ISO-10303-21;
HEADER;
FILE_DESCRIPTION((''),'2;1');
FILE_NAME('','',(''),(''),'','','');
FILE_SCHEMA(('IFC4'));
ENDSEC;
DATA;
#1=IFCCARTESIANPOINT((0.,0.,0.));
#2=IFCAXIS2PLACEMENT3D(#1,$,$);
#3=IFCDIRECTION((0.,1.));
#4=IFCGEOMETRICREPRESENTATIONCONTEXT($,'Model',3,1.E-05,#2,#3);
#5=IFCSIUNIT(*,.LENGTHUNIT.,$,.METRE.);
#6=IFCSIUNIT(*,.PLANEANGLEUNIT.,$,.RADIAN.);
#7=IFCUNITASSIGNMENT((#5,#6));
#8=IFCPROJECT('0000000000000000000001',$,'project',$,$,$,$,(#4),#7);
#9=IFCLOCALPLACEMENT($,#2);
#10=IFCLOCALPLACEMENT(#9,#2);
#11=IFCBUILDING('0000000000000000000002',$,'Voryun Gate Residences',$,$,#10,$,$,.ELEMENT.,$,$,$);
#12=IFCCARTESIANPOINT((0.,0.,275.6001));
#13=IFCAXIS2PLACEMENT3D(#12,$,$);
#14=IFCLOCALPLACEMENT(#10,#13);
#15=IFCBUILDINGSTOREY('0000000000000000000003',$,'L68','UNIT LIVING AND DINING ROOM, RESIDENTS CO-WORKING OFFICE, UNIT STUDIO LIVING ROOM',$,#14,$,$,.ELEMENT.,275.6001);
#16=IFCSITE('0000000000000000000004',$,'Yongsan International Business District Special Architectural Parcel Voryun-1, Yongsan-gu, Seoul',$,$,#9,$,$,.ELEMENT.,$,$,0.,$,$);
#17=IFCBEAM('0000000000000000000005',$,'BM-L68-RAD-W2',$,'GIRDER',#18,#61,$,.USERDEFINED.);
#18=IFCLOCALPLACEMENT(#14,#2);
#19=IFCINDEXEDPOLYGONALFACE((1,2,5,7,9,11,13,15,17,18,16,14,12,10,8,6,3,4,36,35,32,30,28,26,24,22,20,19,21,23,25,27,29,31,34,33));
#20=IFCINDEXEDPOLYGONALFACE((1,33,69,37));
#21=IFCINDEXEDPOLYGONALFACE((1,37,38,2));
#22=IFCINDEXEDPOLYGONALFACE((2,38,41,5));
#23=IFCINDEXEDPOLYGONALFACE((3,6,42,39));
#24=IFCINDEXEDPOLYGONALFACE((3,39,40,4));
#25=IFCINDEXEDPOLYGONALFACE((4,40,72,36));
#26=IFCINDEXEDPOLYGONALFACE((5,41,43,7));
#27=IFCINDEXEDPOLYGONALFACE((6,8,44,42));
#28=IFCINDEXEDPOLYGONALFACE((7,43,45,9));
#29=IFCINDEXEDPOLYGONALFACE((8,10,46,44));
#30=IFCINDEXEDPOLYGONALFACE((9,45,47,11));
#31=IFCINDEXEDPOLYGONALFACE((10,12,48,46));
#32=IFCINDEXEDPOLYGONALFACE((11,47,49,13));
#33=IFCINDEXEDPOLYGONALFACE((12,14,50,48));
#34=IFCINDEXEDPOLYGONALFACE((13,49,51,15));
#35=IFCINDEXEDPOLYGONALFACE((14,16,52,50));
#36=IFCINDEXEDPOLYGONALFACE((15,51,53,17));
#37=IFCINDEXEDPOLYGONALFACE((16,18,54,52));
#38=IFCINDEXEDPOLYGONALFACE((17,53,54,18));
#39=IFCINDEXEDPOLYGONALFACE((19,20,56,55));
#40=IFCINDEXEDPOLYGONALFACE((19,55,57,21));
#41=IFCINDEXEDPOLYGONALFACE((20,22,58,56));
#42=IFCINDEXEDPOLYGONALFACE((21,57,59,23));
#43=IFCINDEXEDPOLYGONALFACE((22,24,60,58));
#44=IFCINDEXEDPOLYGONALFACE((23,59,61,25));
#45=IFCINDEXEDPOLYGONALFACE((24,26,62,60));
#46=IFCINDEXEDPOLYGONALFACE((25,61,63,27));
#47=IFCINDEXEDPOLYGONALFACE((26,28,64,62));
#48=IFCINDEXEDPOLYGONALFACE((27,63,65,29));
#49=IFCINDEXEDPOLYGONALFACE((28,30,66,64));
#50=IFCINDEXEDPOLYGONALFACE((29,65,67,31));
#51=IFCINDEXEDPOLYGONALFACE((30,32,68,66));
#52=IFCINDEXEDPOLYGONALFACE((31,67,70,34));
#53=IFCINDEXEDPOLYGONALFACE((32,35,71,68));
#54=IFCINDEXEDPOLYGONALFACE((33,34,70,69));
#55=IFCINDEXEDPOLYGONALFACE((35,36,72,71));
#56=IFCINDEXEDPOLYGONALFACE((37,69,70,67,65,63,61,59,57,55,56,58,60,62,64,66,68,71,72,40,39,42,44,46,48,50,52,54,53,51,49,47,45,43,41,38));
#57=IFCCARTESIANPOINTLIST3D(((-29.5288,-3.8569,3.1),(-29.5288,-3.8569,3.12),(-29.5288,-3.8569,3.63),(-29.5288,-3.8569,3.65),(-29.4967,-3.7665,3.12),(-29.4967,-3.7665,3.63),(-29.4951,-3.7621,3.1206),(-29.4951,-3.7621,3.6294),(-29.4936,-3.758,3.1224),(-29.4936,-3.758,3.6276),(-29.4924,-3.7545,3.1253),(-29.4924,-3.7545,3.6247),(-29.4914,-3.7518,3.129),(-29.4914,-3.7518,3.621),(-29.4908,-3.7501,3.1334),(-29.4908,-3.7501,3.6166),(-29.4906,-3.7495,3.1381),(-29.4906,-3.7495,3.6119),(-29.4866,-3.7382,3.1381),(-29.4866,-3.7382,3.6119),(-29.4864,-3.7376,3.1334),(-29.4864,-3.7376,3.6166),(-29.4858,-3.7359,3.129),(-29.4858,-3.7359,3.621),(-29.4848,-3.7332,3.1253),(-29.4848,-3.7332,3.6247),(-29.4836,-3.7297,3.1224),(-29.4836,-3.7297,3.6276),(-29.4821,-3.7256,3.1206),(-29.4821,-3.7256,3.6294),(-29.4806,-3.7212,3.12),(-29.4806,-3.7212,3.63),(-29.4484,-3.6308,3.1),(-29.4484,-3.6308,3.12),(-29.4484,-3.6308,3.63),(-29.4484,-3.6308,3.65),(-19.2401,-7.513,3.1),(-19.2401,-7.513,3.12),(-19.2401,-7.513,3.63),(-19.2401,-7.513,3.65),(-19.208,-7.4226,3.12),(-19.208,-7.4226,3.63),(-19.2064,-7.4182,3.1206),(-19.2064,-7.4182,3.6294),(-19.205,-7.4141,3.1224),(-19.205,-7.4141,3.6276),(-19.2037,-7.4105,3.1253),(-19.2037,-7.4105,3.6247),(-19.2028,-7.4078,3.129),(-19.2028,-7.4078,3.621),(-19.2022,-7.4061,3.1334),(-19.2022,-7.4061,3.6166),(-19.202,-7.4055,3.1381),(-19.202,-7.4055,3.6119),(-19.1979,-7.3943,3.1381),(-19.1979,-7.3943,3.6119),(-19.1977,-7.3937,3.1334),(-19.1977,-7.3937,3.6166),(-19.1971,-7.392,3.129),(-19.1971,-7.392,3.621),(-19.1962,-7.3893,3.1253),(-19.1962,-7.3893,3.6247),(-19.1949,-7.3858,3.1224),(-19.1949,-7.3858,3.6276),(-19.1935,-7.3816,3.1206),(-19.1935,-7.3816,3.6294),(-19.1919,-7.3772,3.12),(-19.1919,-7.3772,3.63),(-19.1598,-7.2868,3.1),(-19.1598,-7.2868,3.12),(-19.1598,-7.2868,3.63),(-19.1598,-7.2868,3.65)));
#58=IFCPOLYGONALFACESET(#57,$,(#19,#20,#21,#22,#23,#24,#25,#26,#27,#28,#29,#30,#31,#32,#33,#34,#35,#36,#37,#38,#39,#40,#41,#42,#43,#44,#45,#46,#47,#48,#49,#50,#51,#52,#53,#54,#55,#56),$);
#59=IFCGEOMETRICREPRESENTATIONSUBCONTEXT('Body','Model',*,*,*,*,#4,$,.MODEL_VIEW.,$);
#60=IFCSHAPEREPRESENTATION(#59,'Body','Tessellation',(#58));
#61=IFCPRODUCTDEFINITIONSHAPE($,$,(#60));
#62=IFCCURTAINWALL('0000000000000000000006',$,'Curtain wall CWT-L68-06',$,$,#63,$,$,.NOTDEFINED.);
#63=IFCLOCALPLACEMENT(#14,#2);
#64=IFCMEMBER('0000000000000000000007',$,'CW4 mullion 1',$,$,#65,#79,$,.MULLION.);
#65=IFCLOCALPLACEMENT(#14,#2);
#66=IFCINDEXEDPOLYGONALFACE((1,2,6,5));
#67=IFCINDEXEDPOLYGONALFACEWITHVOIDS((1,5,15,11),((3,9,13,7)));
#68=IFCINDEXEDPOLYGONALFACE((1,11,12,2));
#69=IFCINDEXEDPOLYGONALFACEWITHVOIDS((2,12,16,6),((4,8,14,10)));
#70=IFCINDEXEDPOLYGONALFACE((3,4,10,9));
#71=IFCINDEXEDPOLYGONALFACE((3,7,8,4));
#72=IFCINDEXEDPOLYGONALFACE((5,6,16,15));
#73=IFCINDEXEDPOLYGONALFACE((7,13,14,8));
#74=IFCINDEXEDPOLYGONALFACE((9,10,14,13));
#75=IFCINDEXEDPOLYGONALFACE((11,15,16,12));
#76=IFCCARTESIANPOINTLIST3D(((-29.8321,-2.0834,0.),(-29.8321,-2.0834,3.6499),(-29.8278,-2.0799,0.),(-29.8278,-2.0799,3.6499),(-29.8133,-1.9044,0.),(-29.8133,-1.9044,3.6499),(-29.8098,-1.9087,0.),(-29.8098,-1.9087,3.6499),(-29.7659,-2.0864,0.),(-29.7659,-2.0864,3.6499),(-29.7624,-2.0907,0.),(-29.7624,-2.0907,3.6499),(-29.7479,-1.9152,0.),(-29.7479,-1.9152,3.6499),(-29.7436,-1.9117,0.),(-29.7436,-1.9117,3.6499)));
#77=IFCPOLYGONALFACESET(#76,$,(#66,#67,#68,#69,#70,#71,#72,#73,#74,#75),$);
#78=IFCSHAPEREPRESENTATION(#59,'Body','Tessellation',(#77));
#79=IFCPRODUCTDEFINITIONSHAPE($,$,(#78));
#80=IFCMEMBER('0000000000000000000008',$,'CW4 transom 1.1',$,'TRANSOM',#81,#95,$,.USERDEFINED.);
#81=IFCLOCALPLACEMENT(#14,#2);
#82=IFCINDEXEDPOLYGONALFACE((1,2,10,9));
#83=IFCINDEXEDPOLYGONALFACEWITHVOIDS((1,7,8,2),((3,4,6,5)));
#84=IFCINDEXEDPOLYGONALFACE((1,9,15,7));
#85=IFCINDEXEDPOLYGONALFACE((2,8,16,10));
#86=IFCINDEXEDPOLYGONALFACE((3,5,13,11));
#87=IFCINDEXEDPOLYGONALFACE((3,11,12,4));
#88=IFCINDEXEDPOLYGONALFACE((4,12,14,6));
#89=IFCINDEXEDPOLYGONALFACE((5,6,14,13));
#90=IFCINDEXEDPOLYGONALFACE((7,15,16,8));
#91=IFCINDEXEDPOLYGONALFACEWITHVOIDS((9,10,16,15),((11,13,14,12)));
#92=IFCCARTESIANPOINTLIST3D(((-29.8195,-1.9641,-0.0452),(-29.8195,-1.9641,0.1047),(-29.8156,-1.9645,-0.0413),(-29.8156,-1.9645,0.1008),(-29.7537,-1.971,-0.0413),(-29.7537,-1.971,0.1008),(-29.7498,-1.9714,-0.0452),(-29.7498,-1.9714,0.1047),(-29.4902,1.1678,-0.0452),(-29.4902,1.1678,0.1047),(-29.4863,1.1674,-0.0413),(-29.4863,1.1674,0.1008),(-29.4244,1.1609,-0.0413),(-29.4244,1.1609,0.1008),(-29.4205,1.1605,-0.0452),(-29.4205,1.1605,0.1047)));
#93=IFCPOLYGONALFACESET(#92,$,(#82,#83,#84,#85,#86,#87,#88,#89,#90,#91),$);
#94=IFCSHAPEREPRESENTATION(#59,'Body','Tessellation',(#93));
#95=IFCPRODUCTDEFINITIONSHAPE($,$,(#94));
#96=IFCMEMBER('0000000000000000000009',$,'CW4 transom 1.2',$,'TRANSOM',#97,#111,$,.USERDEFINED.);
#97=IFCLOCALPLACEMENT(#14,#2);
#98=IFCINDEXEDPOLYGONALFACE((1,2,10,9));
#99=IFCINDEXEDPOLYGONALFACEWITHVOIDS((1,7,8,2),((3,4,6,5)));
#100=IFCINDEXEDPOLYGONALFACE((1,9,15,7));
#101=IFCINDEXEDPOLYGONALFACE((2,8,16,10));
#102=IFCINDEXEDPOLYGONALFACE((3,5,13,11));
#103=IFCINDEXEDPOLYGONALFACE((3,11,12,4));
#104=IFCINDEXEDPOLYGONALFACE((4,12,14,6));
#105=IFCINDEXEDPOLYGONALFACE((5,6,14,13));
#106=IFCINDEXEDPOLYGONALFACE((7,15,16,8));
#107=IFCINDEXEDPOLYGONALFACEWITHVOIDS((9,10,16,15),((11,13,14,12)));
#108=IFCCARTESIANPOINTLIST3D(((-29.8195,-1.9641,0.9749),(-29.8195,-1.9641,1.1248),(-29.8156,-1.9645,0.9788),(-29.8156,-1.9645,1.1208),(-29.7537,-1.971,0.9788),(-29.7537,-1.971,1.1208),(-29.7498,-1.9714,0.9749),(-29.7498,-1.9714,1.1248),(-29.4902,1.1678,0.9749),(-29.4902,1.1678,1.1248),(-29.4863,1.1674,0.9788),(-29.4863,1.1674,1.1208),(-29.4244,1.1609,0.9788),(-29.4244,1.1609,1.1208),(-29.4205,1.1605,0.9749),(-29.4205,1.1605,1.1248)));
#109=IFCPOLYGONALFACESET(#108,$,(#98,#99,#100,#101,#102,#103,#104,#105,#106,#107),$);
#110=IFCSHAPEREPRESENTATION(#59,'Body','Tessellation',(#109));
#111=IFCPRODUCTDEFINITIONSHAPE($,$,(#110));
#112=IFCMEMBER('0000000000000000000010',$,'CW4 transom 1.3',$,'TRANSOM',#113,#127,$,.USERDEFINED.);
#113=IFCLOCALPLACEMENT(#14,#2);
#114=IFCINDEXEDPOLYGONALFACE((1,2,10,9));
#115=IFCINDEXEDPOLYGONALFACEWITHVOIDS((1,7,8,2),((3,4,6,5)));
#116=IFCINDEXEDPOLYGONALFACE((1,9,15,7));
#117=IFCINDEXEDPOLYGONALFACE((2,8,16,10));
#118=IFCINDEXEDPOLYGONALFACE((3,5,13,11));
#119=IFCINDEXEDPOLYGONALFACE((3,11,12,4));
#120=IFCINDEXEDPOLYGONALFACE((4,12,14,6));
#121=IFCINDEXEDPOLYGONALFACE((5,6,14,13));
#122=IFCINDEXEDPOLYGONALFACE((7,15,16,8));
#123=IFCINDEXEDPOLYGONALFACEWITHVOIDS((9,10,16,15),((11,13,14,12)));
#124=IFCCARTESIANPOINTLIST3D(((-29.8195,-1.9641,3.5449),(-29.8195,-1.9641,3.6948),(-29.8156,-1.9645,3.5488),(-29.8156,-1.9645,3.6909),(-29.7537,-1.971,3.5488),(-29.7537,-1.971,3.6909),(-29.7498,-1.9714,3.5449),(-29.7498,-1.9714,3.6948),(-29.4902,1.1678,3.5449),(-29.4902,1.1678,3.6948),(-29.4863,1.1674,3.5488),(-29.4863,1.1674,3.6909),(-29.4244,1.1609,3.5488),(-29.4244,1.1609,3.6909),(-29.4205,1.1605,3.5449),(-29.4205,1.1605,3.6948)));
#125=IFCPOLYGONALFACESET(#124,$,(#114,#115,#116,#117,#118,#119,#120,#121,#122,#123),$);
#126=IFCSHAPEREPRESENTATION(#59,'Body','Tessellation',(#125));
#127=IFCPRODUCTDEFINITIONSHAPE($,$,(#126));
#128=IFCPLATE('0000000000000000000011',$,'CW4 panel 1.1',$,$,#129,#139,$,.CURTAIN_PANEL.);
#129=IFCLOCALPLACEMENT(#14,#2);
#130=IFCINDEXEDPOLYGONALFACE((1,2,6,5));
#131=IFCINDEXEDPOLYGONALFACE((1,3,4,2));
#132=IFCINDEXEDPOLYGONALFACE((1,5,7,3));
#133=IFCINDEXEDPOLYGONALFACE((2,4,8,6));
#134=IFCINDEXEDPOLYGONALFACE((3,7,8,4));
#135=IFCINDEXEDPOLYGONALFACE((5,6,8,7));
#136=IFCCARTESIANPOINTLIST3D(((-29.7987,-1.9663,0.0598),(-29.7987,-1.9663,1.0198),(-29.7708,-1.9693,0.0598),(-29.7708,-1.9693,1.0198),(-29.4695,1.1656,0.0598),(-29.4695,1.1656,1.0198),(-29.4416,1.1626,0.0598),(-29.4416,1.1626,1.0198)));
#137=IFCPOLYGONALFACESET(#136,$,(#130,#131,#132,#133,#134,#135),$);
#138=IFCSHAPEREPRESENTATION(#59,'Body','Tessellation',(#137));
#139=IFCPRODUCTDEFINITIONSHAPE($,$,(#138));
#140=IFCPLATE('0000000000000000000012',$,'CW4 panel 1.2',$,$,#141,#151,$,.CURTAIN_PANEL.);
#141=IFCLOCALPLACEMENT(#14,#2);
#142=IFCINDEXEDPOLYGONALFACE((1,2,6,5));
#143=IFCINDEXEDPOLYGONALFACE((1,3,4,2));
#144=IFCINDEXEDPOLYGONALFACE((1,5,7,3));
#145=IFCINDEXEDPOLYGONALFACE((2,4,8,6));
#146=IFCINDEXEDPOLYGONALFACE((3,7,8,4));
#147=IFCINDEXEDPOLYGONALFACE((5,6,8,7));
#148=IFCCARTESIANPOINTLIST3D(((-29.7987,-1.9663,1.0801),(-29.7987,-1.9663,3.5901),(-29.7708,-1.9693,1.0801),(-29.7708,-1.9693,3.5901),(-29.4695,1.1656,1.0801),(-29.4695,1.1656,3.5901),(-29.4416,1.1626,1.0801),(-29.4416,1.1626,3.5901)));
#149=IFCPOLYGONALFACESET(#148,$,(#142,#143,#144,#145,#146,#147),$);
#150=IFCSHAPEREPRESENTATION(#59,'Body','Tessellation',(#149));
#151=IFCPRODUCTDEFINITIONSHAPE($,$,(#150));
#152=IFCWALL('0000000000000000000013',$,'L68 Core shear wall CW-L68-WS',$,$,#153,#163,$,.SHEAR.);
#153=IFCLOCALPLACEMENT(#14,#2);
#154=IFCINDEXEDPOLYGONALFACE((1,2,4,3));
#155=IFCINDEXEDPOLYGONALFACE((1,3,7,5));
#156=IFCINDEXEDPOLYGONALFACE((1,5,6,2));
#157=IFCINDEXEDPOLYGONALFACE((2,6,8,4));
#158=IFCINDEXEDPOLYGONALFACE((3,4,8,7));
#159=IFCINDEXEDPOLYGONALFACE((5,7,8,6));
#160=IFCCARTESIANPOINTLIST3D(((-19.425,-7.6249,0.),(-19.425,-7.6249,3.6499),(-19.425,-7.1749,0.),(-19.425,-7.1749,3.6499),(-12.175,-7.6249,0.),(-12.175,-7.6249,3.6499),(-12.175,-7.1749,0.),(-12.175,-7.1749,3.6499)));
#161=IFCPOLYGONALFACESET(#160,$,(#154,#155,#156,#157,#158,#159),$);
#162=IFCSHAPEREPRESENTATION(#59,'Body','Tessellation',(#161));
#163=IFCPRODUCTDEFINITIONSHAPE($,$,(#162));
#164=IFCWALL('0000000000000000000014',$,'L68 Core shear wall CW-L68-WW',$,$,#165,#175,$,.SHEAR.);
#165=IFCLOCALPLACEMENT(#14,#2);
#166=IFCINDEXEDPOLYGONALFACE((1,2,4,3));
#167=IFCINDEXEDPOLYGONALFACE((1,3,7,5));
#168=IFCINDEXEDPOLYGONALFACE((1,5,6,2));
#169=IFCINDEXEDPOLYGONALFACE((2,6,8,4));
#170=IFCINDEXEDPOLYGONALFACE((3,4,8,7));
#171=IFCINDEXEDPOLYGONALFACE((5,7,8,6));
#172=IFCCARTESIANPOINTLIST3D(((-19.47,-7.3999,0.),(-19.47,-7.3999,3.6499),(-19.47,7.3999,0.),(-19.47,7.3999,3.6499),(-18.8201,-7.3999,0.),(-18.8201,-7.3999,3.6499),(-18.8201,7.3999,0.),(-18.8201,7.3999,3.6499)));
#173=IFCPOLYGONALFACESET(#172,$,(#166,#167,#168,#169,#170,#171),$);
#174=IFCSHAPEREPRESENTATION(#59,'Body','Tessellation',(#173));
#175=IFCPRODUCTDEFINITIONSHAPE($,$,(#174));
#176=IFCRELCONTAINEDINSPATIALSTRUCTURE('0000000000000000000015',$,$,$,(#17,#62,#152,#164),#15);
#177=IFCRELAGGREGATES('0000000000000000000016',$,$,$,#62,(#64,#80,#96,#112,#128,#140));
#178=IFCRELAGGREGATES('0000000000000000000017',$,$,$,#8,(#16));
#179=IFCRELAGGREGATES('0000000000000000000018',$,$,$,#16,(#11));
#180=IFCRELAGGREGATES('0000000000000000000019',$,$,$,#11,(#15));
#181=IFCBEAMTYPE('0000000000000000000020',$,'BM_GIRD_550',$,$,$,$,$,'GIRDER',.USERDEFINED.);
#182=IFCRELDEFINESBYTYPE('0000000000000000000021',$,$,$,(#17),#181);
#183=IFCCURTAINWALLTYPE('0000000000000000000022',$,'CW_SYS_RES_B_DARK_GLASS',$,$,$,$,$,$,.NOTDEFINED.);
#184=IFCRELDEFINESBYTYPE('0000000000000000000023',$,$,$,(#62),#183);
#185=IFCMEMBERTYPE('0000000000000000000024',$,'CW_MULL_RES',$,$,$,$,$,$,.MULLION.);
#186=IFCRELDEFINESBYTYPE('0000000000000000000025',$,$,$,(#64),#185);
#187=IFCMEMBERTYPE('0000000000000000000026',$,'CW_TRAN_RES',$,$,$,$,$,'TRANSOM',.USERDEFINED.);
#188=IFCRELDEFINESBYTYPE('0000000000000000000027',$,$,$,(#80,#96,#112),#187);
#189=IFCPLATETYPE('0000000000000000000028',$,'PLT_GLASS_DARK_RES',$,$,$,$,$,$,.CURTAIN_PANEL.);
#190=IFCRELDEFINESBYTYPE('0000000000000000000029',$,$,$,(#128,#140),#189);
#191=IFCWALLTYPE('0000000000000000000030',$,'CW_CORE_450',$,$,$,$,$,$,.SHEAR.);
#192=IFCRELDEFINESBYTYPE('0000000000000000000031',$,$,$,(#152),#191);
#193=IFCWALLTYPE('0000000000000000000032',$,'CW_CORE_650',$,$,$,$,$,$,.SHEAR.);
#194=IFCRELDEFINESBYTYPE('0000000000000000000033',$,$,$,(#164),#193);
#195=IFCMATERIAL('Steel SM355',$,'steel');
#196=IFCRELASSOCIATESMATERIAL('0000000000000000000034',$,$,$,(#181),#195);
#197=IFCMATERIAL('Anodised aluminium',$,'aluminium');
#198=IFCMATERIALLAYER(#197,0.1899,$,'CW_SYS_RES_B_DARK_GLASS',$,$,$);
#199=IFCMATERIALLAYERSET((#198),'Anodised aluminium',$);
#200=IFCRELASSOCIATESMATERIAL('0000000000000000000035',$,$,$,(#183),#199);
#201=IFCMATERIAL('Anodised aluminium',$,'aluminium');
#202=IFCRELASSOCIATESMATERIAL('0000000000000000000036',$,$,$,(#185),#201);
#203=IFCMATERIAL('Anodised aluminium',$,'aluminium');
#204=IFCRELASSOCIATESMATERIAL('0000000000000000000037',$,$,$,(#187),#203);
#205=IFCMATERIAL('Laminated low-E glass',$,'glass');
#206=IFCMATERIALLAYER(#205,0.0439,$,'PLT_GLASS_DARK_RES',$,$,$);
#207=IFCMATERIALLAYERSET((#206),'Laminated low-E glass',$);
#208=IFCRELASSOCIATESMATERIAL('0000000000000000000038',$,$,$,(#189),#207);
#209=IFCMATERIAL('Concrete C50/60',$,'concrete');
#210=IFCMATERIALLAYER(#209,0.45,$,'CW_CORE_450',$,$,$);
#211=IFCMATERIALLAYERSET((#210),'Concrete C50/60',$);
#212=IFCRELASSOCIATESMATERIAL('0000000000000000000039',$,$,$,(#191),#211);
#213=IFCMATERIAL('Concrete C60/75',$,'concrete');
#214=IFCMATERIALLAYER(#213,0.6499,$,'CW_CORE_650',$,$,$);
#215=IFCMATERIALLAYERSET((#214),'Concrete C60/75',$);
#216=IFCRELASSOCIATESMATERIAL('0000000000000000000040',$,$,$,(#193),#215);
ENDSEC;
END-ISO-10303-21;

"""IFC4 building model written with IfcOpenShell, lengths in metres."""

from ifc_helpers import new_model, si_unit, direction, frame, frame_2d, origin, origin_2d, place, context, subcontext, project, spatial, rectangle, hollow_rectangle, i_section, extrude, material, layer, layer_set, material_profile, profile_set, type_object, element, aggregate, save


model = new_model("IFC4")

# Units and contexts
model_context = context("Model", 3, precision=1e-05, world=origin(), true_north=direction((0.0, 1.0)))
body_context = subcontext(model_context, "Body", "Model", "MODEL_VIEW")
ifc_project = project(units=[si_unit("LENGTHUNIT", "METRE"), si_unit("PLANEANGLEUNIT", "RADIAN")], contexts=[model_context])

# Site, building, storey
site_placement = place(None, origin())
site = spatial("IfcSite", under=ifc_project, at=site_placement, Name="Yongsan International Business District Special Architectural Parcel Voryun-1, Yongsan-gu, Seoul", CompositionType="ELEMENT", RefElevation=0.0)
building_placement = place(site_placement, origin())
building = spatial("IfcBuilding", under=site, at=building_placement, Name="Voryun Gate Residences", CompositionType="ELEMENT")
storey_placement = place(building_placement, frame((0.0, 0.0, 275.6001)))
storey = spatial("IfcBuildingStorey", under=building, at=storey_placement, Name="L68", Description="UNIT LIVING AND DINING ROOM, RESIDENTS CO-WORKING OFFICE, UNIT STUDIO LIVING ROOM", CompositionType="ELEMENT", Elevation=275.6001)

# Beam
ifc_material_1 = material(Name="Steel SM355", Category="steel")
ifc_material_profile_1 = material_profile(ifc_material_1, i_section(OverallWidth=0.24, OverallDepth=0.55, WebThickness=0.012, FlangeThickness=0.02, FilletRadius=0.0181, at=origin_2d()), Name="H-550x240x12x20")
ifc_profile_set_1 = profile_set([ifc_material_profile_1], Name="Steel SM355")
beam_type_1 = type_object("IfcBeamType", Name="BM_GIRD_550", ElementType="GIRDER", PredefinedType="USERDEFINED", material=ifc_profile_set_1)
beam_1_placement = place(storey_placement, frame((-19.2, -7.3999, 3.375), z_axis=(-0.942277, 0.334835, 0.0), x_axis=(-0.334835, -0.942277, 0.0)))
element("IfcBeam", 1, at=beam_1_placement, inside=storey, type_object=beam_type_1, Name="BM-L68-RAD-W2", ObjectType="GIRDER", PredefinedType="USERDEFINED", context=body_context, shape_type="SweptSolid", body=[
    extrude(i_section(OverallWidth=0.24, OverallDepth=0.55, WebThickness=0.012, FlangeThickness=0.02, FilletRadius=0.0181, at=origin_2d()), origin(), (0.0, 0.0, 1.0), 10.9189),
])

# Curtain wall, members, plates
ifc_material_2 = material(Name="Anodised aluminium", Category="aluminium")
ifc_layer_1 = layer(ifc_material_2, 0.1899, Name="CW_SYS_RES_B_DARK_GLASS")
ifc_layer_set_1 = layer_set([ifc_layer_1], Name="Anodised aluminium")
curtain_wall_type = type_object("IfcCurtainWallType", Name="CW_SYS_RES_B_DARK_GLASS", PredefinedType="NOTDEFINED", material=ifc_layer_set_1)
curtain_wall_placement = place(storey_placement, origin())
curtain_wall = element("IfcCurtainWall", 2, at=curtain_wall_placement, inside=storey, type_object=curtain_wall_type, Name="Curtain wall CWT-L68-06", PredefinedType="NOTDEFINED")
ifc_material_3 = material(Name="Anodised aluminium", Category="aluminium")
ifc_material_profile_2 = material_profile(ifc_material_3, hollow_rectangle(XDim=0.0701, YDim=0.1799, WallThickness=0.0039, at=origin_2d()), Name="ALU-MULL-180x70x4")
ifc_profile_set_2 = profile_set([ifc_material_profile_2], Name="Anodised aluminium")
member_type_1 = type_object("IfcMemberType", Name="CW_MULL_RES", PredefinedType="MULLION", material=ifc_profile_set_2)
member_1_placement = place(storey_placement, frame((-29.7878, -1.9976, 0.0), z_axis=(0.0, 0.0, 1.0), x_axis=(-0.994521, 0.104536, 0.0)))
member_1 = element("IfcMember", 3, at=member_1_placement, type_object=member_type_1, Name="CW4 mullion 1", PredefinedType="MULLION", context=body_context, shape_type="SweptSolid", body=[
    extrude(hollow_rectangle(XDim=0.0701, YDim=0.1799, WallThickness=0.0039, at=origin_2d()), origin(), (0.0, 0.0, 1.0), 3.6499),
])
ifc_material_4 = material(Name="Anodised aluminium", Category="aluminium")
ifc_material_profile_3 = material_profile(ifc_material_4, hollow_rectangle(XDim=0.0701, YDim=0.1499, WallThickness=0.0039, at=origin_2d()), Name="ALU-TRAN-150x70x4")
ifc_profile_set_3 = profile_set([ifc_material_profile_3], Name="Anodised aluminium")
member_type_2 = type_object("IfcMemberType", Name="CW_TRAN_RES", ElementType="TRANSOM", PredefinedType="USERDEFINED", material=ifc_profile_set_3)
member_2_placement = place(storey_placement, frame((-29.7847, -1.9678, 0.0298), z_axis=(0.104584, 0.994516, 0.0), x_axis=(-0.994516, 0.104584, 0.0)))
member_2 = element("IfcMember", 4, at=member_2_placement, type_object=member_type_2, Name="CW4 transom 1.1", ObjectType="TRANSOM", PredefinedType="USERDEFINED", context=body_context, shape_type="SweptSolid", body=[
    extrude(hollow_rectangle(XDim=0.0701, YDim=0.1499, WallThickness=0.0039, at=origin_2d()), origin(), (0.0, 0.0, 1.0), 3.1492),
])
member_3_placement = place(storey_placement, frame((-29.7847, -1.9678, 1.0498), z_axis=(0.104584, 0.994516, 0.0), x_axis=(-0.994516, 0.104584, 0.0)))
member_3 = element("IfcMember", 5, at=member_3_placement, type_object=member_type_2, Name="CW4 transom 1.2", ObjectType="TRANSOM", PredefinedType="USERDEFINED", context=body_context, shape_type="SweptSolid", body=[
    extrude(hollow_rectangle(XDim=0.0701, YDim=0.1499, WallThickness=0.0039, at=origin_2d()), origin(), (0.0, 0.0, 1.0), 3.1492),
])
member_4_placement = place(storey_placement, frame((-29.7847, -1.9678, 3.6199), z_axis=(0.104584, 0.994516, 0.0), x_axis=(-0.994516, 0.104584, 0.0)))
member_4 = element("IfcMember", 6, at=member_4_placement, type_object=member_type_2, Name="CW4 transom 1.3", ObjectType="TRANSOM", PredefinedType="USERDEFINED", context=body_context, shape_type="SweptSolid", body=[
    extrude(hollow_rectangle(XDim=0.0701, YDim=0.1499, WallThickness=0.0039, at=origin_2d()), origin(), (0.0, 0.0, 1.0), 3.1492),
])
ifc_material_5 = material(Name="Laminated low-E glass", Category="glass")
ifc_layer_2 = layer(ifc_material_5, 0.0439, Name="PLT_GLASS_DARK_RES")
ifc_layer_set_2 = layer_set([ifc_layer_2], Name="Laminated low-E glass")
plate_type = type_object("IfcPlateType", Name="PLT_GLASS_DARK_RES", PredefinedType="CURTAIN_PANEL", material=ifc_layer_set_2)
plate_1_placement = place(storey_placement, frame((-29.6201, -0.4019, 0.0598), z_axis=(0.0, 0.0, 1.0), x_axis=(0.104536, 0.994521, 0.0)))
plate_1 = element("IfcPlate", 7, at=plate_1_placement, type_object=plate_type, Name="CW4 panel 1.1", PredefinedType="CURTAIN_PANEL", context=body_context, shape_type="SweptSolid", body=[
    extrude(rectangle(XDim=3.1492, YDim=0.0281, at=origin_2d()), origin(), (0.0, 0.0, 1.0), 0.96),
])
plate_2_placement = place(storey_placement, frame((-29.6201, -0.4019, 1.0801), z_axis=(0.0, 0.0, 1.0), x_axis=(0.104536, 0.994521, 0.0)))
plate_2 = element("IfcPlate", 8, at=plate_2_placement, type_object=plate_type, Name="CW4 panel 1.2", PredefinedType="CURTAIN_PANEL", context=body_context, shape_type="SweptSolid", body=[
    extrude(rectangle(XDim=3.1492, YDim=0.0281, at=origin_2d()), origin(), (0.0, 0.0, 1.0), 2.51),
])
aggregate(curtain_wall, [member_1, member_2, member_3, member_4, plate_1, plate_2])

# Walls
ifc_material_6 = material(Name="Concrete C50/60", Category="concrete")
ifc_layer_3 = layer(ifc_material_6, 0.45, Name="CW_CORE_450")
ifc_layer_set_3 = layer_set([ifc_layer_3], Name="Concrete C50/60")
wall_type_1 = type_object("IfcWallType", Name="CW_CORE_450", PredefinedType="SHEAR", material=ifc_layer_set_3)
wall_1_placement = place(storey_placement, frame((-19.425, -7.3999, 0.0), z_axis=(0.0, 0.0, 1.0), x_axis=(1.0, 0.0, 0.0)))
element("IfcWall", 9, at=wall_1_placement, inside=storey, type_object=wall_type_1, Name="L68 Core shear wall CW-L68-WS", PredefinedType="SHEAR", context=body_context, shape_type="SweptSolid", body=[
    extrude(rectangle(XDim=7.25, YDim=0.45, at=frame_2d((3.625, 0.0))), origin(), (0.0, 0.0, 1.0), 3.6499),
])
ifc_material_7 = material(Name="Concrete C60/75", Category="concrete")
ifc_layer_4 = layer(ifc_material_7, 0.6499, Name="CW_CORE_650")
ifc_layer_set_4 = layer_set([ifc_layer_4], Name="Concrete C60/75")
wall_type_2 = type_object("IfcWallType", Name="CW_CORE_650", PredefinedType="SHEAR", material=ifc_layer_set_4)
wall_2_placement = place(storey_placement, frame((-19.145, -7.3999, 0.0), z_axis=(0.0, 0.0, 1.0), x_axis=(0.0, 1.0, 0.0)))
element("IfcWall", 10, at=wall_2_placement, inside=storey, type_object=wall_type_2, Name="L68 Core shear wall CW-L68-WW", PredefinedType="SHEAR", context=body_context, shape_type="SweptSolid", body=[
    extrude(rectangle(XDim=14.7998, YDim=0.6499, at=frame_2d((7.3999, 0.0))), origin(), (0.0, 0.0, 1.0), 3.6499),
])

save(model, "model.ifc")
